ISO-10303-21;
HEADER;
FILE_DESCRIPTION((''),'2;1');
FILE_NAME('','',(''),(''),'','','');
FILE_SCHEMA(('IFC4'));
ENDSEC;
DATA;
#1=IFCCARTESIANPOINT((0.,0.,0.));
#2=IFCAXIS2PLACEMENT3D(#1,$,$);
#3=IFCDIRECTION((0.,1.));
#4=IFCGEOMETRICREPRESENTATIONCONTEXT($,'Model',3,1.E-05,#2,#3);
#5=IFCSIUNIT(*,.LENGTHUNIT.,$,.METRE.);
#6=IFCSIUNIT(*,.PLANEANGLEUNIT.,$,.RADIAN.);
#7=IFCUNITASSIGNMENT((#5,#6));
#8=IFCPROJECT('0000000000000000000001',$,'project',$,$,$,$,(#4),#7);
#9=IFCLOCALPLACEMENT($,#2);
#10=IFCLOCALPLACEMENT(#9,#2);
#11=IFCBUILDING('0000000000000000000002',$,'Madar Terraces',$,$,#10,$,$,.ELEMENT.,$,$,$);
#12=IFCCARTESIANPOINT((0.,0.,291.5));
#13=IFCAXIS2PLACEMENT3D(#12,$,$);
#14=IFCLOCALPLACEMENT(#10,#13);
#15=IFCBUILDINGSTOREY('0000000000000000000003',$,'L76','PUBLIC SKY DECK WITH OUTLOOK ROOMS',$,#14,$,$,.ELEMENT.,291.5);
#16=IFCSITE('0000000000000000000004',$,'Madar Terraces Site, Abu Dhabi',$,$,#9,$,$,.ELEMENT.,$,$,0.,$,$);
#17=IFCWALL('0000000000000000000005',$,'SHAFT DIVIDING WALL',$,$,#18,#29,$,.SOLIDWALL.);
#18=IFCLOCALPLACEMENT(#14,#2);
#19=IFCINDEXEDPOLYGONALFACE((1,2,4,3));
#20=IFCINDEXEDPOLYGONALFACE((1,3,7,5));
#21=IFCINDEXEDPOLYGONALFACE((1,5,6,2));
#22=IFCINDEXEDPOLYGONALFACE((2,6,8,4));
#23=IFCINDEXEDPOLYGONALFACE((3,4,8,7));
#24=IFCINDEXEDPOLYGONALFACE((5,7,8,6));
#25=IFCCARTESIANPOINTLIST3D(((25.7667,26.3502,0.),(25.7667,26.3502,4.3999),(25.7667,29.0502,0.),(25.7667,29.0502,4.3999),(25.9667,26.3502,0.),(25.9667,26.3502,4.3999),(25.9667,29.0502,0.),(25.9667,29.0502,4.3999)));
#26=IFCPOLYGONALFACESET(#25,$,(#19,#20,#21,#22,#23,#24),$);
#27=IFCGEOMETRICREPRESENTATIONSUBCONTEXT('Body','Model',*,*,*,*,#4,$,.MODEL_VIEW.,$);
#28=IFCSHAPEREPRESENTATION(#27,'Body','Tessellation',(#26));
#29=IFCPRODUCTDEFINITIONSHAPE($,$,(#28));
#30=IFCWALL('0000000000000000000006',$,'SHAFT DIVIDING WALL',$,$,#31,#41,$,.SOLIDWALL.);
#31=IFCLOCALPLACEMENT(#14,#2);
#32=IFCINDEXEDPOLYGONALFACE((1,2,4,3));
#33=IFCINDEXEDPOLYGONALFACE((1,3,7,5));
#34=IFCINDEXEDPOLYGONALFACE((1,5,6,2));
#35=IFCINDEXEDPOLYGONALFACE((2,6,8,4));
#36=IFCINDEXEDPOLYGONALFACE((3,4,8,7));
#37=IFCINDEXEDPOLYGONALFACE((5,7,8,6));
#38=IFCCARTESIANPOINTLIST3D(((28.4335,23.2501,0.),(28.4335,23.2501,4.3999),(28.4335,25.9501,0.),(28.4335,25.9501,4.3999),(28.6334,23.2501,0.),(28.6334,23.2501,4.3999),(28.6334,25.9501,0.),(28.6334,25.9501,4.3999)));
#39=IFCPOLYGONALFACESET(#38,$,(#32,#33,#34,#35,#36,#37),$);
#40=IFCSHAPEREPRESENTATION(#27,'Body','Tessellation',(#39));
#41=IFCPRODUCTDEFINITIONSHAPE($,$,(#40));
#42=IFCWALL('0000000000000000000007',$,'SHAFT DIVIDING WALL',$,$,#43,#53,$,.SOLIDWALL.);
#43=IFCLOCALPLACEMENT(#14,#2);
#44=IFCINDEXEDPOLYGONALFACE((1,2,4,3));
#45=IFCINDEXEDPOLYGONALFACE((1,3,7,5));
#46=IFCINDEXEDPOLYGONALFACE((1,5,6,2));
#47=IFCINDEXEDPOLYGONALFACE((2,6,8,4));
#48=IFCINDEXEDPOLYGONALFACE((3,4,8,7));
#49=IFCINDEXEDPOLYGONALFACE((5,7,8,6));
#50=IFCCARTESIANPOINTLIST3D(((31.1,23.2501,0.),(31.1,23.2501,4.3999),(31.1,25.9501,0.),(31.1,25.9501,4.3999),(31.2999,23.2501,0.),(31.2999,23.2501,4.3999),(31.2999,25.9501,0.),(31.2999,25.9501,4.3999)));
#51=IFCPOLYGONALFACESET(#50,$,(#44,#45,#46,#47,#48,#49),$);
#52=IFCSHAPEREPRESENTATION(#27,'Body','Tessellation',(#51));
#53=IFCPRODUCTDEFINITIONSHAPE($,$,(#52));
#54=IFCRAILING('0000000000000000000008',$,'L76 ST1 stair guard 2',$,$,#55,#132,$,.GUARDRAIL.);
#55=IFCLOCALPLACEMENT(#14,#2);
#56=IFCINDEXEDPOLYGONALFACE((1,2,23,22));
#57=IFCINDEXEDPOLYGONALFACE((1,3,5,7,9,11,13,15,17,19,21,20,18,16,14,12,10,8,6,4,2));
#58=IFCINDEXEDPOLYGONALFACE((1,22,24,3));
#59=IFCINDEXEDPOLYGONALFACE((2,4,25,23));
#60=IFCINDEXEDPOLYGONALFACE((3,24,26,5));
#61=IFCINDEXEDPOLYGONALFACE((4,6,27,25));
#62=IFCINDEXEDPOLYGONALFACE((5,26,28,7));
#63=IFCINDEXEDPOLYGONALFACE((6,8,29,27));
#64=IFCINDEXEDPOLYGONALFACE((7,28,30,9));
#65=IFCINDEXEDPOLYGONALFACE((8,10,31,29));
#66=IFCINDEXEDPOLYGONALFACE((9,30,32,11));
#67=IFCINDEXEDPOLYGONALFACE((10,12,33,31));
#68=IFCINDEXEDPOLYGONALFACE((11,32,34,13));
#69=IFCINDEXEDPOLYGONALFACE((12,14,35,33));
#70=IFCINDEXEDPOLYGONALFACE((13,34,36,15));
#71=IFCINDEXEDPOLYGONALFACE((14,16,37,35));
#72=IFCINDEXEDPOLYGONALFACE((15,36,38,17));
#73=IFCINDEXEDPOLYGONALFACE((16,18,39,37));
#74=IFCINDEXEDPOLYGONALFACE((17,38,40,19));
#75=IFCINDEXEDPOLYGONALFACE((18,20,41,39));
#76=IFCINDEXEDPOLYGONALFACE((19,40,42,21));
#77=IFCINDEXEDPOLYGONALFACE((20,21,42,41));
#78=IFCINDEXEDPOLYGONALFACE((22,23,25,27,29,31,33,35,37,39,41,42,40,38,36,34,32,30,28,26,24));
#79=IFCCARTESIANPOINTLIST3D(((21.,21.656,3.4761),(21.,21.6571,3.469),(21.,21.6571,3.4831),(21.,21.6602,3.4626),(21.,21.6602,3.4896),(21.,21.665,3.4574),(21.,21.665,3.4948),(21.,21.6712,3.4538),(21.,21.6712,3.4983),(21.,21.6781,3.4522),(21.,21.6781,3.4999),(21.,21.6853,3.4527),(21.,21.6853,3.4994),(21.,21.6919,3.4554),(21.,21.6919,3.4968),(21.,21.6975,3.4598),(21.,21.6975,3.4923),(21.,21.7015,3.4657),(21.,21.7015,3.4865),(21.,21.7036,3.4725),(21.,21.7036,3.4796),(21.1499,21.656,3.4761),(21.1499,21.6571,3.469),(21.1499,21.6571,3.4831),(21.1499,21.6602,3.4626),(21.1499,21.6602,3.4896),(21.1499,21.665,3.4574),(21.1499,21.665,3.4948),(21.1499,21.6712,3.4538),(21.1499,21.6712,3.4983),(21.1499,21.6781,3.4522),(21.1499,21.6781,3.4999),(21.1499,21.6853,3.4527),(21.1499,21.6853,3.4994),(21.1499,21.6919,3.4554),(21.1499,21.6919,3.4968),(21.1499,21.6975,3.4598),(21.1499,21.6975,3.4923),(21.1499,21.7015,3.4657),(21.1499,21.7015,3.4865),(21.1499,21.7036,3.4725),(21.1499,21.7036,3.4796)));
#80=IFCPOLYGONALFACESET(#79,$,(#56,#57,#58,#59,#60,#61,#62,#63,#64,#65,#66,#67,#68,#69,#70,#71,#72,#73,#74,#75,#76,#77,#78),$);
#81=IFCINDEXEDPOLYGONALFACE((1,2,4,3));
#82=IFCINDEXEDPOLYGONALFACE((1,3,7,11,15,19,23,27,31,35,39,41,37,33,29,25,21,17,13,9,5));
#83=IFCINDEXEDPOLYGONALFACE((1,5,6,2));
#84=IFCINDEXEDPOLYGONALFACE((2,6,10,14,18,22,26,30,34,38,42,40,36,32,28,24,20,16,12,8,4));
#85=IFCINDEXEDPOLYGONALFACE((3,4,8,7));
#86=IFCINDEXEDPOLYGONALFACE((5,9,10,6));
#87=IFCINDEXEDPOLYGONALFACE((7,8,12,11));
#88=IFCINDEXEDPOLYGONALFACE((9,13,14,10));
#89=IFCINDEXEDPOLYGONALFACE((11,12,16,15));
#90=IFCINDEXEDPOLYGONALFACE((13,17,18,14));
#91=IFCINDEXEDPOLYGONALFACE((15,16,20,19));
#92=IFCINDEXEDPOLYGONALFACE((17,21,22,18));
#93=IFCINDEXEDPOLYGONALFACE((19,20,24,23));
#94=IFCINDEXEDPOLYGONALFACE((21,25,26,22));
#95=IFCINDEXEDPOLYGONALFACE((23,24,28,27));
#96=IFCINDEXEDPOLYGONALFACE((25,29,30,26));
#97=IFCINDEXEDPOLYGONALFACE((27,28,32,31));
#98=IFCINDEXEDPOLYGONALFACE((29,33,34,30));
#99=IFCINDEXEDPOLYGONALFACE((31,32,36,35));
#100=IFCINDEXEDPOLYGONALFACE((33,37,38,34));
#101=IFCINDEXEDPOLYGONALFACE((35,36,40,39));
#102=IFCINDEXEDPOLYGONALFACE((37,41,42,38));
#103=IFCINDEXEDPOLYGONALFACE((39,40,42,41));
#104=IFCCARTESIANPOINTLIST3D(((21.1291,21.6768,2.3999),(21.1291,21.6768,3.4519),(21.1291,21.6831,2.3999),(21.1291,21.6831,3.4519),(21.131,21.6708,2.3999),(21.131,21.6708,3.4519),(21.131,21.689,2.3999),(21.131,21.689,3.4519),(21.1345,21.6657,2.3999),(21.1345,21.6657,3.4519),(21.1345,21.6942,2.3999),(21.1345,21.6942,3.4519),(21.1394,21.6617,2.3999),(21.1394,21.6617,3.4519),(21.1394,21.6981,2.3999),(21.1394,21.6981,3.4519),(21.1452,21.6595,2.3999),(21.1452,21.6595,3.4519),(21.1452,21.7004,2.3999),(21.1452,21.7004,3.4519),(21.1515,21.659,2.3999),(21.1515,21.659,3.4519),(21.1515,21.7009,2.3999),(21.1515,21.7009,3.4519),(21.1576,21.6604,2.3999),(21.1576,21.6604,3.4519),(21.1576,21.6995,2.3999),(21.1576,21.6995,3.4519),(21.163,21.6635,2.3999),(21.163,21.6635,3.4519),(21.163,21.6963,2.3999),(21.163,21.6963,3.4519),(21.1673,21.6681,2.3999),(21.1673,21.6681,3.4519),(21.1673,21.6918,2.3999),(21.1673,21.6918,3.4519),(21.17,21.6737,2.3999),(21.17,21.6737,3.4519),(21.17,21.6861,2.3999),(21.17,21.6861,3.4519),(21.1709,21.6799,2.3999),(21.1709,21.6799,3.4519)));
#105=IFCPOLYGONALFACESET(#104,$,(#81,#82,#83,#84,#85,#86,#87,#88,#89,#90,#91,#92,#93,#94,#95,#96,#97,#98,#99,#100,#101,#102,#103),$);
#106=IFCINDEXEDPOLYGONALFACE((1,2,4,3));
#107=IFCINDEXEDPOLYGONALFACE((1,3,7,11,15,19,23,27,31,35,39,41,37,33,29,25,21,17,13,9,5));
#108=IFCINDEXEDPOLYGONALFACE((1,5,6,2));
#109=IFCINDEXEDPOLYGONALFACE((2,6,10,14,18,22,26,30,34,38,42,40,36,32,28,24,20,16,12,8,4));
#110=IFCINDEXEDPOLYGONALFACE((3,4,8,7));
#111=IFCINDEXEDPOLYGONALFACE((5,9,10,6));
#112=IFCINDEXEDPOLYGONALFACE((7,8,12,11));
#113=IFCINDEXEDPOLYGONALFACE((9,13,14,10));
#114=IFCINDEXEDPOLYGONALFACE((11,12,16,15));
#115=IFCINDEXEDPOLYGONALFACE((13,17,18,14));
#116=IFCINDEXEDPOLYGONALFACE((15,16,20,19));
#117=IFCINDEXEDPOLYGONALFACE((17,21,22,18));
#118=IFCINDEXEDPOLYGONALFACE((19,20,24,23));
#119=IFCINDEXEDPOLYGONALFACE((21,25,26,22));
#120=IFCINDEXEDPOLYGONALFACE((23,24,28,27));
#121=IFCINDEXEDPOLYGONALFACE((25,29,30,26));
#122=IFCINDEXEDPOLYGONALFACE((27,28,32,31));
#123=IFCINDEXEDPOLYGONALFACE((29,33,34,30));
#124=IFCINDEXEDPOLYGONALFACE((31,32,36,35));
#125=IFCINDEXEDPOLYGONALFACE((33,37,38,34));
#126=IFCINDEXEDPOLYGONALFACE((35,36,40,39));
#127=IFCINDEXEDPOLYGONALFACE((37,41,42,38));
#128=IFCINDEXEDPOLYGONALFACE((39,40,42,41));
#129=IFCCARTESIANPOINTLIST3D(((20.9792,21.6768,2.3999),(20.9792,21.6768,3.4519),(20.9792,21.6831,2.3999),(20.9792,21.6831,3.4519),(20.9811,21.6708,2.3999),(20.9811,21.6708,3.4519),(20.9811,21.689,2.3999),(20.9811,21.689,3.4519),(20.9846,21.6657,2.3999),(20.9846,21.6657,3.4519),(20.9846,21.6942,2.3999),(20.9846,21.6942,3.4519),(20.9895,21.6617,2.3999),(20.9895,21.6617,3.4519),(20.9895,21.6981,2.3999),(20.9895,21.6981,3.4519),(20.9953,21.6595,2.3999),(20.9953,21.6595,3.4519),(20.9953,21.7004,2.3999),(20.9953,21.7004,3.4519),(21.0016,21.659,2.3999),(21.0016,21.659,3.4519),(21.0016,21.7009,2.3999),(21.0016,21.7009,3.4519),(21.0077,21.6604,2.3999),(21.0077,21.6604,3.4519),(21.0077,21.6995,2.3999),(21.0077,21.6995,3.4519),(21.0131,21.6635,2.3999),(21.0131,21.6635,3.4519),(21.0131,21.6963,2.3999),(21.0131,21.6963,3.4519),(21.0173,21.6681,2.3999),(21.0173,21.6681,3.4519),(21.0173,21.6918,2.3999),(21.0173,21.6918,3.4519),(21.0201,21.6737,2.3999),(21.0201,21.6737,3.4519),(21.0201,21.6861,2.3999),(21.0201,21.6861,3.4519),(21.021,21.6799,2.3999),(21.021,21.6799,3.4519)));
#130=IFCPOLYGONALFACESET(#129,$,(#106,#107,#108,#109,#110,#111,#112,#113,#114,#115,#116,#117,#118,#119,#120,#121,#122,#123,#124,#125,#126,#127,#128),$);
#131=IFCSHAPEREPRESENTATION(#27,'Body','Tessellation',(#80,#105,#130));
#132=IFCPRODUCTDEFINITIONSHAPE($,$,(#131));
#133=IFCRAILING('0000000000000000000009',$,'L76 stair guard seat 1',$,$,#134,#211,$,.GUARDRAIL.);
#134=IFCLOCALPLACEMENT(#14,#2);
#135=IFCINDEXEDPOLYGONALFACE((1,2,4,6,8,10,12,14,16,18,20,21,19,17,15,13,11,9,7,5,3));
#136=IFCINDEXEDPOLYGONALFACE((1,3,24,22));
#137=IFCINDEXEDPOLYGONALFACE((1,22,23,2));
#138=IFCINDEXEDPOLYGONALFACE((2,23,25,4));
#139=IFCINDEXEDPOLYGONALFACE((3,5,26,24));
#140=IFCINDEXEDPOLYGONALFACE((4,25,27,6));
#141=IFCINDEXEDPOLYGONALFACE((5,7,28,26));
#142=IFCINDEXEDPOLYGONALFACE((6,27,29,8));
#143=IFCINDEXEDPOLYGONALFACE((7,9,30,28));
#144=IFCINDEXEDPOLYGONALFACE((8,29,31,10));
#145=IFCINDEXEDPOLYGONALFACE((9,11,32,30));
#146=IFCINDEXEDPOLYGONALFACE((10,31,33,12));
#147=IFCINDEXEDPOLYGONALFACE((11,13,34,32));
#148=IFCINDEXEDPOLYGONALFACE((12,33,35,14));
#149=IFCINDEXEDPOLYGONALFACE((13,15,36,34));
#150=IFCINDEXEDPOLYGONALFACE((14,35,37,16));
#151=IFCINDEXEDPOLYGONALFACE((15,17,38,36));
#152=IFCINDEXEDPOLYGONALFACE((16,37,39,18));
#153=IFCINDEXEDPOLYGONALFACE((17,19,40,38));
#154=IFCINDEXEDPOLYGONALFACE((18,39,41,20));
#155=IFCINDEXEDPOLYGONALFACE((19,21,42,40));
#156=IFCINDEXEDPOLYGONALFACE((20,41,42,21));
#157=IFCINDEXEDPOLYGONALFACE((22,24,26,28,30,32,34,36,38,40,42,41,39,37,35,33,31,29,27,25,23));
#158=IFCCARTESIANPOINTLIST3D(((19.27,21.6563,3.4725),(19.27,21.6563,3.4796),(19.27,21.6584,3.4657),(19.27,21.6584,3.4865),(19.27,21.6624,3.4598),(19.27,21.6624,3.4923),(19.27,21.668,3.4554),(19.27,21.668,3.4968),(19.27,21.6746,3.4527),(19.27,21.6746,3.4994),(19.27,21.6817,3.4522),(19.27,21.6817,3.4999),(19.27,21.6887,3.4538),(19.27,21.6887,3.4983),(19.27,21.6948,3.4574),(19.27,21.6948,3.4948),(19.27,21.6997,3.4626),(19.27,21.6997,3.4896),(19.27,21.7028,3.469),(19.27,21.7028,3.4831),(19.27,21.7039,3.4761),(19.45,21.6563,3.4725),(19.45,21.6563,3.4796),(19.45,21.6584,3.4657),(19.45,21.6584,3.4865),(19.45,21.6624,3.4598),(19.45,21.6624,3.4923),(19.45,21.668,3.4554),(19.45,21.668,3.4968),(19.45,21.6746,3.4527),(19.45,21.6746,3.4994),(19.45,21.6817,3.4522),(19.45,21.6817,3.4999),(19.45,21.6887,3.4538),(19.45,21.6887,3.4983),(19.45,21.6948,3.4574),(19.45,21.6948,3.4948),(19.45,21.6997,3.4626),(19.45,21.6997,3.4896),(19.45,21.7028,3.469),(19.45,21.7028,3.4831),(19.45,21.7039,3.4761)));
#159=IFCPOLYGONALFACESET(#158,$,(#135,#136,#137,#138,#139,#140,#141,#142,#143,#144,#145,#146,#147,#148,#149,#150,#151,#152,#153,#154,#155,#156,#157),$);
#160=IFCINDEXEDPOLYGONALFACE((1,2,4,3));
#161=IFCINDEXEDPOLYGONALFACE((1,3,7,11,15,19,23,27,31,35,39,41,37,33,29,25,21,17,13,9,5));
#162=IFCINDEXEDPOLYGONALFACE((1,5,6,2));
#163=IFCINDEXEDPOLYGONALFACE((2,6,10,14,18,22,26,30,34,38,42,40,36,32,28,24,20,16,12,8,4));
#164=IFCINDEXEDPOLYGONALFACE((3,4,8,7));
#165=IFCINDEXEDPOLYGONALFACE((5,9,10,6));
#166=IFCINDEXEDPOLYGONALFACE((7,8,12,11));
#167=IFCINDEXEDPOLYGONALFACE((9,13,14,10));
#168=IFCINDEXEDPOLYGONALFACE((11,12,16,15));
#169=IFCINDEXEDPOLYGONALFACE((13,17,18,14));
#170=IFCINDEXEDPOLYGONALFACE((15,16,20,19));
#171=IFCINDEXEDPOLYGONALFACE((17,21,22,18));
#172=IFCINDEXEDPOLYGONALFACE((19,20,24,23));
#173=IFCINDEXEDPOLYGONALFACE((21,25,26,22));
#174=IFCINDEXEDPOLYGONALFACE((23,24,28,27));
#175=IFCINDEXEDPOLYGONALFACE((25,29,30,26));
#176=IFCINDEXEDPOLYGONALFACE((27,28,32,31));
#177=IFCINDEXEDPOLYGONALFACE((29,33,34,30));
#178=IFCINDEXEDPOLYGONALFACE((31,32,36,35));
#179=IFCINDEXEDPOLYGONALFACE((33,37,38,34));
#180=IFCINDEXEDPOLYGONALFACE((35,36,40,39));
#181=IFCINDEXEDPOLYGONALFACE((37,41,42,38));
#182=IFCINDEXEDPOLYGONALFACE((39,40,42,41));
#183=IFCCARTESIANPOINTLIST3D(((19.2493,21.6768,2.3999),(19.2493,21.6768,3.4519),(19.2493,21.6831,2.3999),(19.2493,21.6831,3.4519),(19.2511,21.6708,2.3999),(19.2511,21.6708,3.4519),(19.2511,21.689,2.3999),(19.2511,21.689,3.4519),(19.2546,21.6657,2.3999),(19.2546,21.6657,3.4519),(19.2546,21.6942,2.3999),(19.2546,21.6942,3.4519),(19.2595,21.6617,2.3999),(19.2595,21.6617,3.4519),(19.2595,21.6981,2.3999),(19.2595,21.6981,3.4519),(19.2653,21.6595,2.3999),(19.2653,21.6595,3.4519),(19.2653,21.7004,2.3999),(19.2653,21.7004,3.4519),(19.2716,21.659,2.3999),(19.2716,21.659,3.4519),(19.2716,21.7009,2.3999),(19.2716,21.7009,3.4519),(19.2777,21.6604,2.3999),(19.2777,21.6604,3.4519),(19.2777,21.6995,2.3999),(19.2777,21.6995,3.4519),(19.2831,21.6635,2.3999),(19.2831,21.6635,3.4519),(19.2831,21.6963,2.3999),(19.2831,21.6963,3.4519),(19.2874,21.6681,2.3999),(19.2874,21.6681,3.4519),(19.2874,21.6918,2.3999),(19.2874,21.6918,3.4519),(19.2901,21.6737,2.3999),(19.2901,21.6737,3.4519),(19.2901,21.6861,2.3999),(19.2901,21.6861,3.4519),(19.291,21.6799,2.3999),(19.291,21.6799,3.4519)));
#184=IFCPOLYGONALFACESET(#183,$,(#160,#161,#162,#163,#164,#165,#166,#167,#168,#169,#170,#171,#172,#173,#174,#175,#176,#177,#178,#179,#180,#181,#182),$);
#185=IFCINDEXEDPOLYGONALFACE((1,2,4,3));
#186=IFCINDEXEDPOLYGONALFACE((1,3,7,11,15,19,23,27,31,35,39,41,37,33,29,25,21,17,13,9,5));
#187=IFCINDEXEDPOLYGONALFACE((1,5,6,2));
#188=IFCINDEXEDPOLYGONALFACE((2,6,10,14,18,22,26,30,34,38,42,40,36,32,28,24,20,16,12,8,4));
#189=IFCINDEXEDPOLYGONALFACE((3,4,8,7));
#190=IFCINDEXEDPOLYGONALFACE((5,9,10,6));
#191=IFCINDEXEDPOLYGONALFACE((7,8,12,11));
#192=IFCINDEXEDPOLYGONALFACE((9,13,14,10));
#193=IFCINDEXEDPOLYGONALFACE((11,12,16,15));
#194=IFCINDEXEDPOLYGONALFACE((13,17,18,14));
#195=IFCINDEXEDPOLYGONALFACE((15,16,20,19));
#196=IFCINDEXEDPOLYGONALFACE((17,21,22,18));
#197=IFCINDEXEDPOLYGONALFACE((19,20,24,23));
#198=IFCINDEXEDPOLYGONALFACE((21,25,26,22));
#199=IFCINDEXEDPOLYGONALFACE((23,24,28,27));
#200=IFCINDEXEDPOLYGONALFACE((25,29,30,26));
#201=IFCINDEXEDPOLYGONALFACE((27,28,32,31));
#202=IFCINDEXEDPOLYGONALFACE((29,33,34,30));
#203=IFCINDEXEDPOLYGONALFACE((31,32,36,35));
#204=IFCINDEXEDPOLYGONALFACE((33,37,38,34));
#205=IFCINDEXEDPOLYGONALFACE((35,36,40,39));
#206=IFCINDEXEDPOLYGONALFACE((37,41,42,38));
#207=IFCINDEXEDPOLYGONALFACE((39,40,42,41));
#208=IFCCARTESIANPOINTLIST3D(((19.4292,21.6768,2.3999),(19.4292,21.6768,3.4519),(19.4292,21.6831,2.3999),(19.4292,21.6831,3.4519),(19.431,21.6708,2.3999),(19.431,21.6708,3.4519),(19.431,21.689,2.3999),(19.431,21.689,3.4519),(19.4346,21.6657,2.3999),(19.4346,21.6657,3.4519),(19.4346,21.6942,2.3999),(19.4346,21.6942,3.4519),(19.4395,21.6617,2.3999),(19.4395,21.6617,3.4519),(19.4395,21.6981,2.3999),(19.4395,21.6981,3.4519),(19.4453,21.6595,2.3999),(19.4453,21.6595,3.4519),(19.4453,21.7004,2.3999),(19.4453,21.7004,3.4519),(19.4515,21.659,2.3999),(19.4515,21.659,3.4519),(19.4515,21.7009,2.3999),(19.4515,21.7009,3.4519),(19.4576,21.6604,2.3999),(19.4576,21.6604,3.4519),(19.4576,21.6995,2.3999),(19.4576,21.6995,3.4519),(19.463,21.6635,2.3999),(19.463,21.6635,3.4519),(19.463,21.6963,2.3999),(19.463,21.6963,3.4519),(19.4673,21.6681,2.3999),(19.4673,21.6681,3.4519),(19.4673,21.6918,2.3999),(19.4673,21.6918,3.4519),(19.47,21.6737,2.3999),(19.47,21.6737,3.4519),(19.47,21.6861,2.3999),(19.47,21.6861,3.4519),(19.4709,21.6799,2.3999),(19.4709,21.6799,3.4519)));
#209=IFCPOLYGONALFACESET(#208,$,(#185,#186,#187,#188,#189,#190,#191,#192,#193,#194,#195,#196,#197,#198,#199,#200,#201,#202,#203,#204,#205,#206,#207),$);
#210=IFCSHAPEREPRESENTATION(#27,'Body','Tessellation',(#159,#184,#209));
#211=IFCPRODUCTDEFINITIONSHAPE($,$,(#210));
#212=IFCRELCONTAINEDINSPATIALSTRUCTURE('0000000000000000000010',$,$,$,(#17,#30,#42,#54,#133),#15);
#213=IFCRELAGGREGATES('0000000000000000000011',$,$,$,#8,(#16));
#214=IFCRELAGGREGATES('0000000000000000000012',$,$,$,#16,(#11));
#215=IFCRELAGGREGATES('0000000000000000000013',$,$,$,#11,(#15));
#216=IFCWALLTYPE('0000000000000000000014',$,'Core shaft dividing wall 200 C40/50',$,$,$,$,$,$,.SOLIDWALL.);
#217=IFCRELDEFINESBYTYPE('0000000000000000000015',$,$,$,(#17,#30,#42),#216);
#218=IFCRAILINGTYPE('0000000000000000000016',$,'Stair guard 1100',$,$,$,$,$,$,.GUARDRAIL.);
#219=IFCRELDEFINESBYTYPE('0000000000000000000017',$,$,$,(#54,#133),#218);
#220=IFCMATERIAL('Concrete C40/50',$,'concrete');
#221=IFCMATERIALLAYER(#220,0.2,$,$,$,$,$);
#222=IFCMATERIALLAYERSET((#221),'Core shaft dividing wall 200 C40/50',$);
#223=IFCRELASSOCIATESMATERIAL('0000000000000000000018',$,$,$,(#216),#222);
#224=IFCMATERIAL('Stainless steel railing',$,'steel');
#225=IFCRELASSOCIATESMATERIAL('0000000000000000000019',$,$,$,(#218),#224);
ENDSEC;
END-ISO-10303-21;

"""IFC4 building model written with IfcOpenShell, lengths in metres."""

from ifc_helpers import new_model, si_unit, direction, frame, frame_2d, origin, origin_2d, place, context, subcontext, project, spatial, rectangle, circle, extrude, material, layer, layer_set, type_object, element, save


model = new_model("IFC4")

# Units and contexts
model_context = context("Model", 3, precision=1e-05, world=origin(), true_north=direction((0.0, 1.0)))
body_context = subcontext(model_context, "Body", "Model", "MODEL_VIEW")
ifc_project = project(units=[si_unit("LENGTHUNIT", "METRE"), si_unit("PLANEANGLEUNIT", "RADIAN")], contexts=[model_context])

# Site, building, storey
site_placement = place(None, origin())
site = spatial("IfcSite", under=ifc_project, at=site_placement, Name="Madar Terraces Site, Abu Dhabi", CompositionType="ELEMENT", RefElevation=0.0)
building_placement = place(site_placement, origin())
building = spatial("IfcBuilding", under=site, at=building_placement, Name="Madar Terraces", CompositionType="ELEMENT")
storey_placement = place(building_placement, frame((0.0, 0.0, 291.5)))
storey = spatial("IfcBuildingStorey", under=building, at=storey_placement, Name="L76", Description="PUBLIC SKY DECK WITH OUTLOOK ROOMS", CompositionType="ELEMENT", Elevation=291.5)

# Walls
ifc_material_1 = material(Name="Concrete C40/50", Category="concrete")
ifc_layer_1 = layer(ifc_material_1, 0.2)
ifc_layer_set_1 = layer_set([ifc_layer_1], Name="Core shaft dividing wall 200 C40/50")
wall_type_1 = type_object("IfcWallType", Name="Core shaft dividing wall 200 C40/50", PredefinedType="SOLIDWALL", material=ifc_layer_set_1)
for number, where, z_axis, x_axis, name in (
    (1, (25.8667, 26.3501, 0.0), (0.0, 0.0, 1.0), (0.0, 1.0, 0.0), "SHAFT DIVIDING WALL"),
    (2, (28.5334, 23.25, 0.0), (0.0, 0.0, 1.0), (0.0, 1.0, 0.0), "SHAFT DIVIDING WALL"),
    (3, (31.2, 23.25, 0.0), (0.0, 0.0, 1.0), (0.0, 1.0, 0.0), "SHAFT DIVIDING WALL"),
):
    element("IfcWall", number, at=place(storey_placement, frame(where, z_axis=z_axis, x_axis=x_axis)), inside=storey, type_object=wall_type_1, Name=name, PredefinedType="SOLIDWALL", context=body_context, shape_type="SweptSolid", body=[
        extrude(rectangle(XDim=2.7, YDim=0.2, at=frame_2d((1.3501, 0.0))), origin(), (0.0, 0.0, 1.0), 4.3999),
    ])

# Railings
ifc_material_2 = material(Name="Stainless steel railing", Category="steel")
railing_type = type_object("IfcRailingType", Name="Stair guard 1100", PredefinedType="GUARDRAIL", material=ifc_material_2)
railing_placement = place(storey_placement, frame((21.1499, 21.6799, 2.3999)))
element("IfcRailing", 4, at=railing_placement, inside=storey, type_object=railing_type, Name="L76 ST1 stair guard 2", PredefinedType="GUARDRAIL", context=body_context, shape_type="SweptSolid", body=[
    extrude(circle(Radius=0.0239, at=origin_2d()), frame((0.0, 0.0, 1.0762), z_axis=(-1.0, 0.0, 0.0), x_axis=(0.0, -1.0, 0.0)), (0.0, 0.0, 1.0), 0.1499),
    extrude(circle(Radius=0.021, at=origin_2d()), origin(), (0.0, 0.0, 1.0), 1.052),
    extrude(circle(Radius=0.021, at=origin_2d()), frame((-0.1499, 0.0, 0.0)), (0.0, 0.0, 1.0), 1.052),
])
for number, where, name in (
    (5, (19.27, 21.6799, 2.3999), "L76 stair guard seat 1"),
):
    element("IfcRailing", number, at=place(storey_placement, frame(where)), inside=storey, type_object=railing_type, Name=name, PredefinedType="GUARDRAIL", context=body_context, shape_type="SweptSolid", body=[
        extrude(circle(Radius=0.0239, at=origin_2d()), frame((0.0, 0.0, 1.0762), z_axis=(1.0, 0.0, 0.0), x_axis=(0.0, 1.0, 0.0)), (0.0, 0.0, 1.0), 0.1799),
        extrude(circle(Radius=0.021, at=origin_2d()), origin(), (0.0, 0.0, 1.0), 1.052),
        extrude(circle(Radius=0.021, at=origin_2d()), frame((0.1799, 0.0, 0.0)), (0.0, 0.0, 1.0), 1.052),
    ])

save(model, "model.ifc")
